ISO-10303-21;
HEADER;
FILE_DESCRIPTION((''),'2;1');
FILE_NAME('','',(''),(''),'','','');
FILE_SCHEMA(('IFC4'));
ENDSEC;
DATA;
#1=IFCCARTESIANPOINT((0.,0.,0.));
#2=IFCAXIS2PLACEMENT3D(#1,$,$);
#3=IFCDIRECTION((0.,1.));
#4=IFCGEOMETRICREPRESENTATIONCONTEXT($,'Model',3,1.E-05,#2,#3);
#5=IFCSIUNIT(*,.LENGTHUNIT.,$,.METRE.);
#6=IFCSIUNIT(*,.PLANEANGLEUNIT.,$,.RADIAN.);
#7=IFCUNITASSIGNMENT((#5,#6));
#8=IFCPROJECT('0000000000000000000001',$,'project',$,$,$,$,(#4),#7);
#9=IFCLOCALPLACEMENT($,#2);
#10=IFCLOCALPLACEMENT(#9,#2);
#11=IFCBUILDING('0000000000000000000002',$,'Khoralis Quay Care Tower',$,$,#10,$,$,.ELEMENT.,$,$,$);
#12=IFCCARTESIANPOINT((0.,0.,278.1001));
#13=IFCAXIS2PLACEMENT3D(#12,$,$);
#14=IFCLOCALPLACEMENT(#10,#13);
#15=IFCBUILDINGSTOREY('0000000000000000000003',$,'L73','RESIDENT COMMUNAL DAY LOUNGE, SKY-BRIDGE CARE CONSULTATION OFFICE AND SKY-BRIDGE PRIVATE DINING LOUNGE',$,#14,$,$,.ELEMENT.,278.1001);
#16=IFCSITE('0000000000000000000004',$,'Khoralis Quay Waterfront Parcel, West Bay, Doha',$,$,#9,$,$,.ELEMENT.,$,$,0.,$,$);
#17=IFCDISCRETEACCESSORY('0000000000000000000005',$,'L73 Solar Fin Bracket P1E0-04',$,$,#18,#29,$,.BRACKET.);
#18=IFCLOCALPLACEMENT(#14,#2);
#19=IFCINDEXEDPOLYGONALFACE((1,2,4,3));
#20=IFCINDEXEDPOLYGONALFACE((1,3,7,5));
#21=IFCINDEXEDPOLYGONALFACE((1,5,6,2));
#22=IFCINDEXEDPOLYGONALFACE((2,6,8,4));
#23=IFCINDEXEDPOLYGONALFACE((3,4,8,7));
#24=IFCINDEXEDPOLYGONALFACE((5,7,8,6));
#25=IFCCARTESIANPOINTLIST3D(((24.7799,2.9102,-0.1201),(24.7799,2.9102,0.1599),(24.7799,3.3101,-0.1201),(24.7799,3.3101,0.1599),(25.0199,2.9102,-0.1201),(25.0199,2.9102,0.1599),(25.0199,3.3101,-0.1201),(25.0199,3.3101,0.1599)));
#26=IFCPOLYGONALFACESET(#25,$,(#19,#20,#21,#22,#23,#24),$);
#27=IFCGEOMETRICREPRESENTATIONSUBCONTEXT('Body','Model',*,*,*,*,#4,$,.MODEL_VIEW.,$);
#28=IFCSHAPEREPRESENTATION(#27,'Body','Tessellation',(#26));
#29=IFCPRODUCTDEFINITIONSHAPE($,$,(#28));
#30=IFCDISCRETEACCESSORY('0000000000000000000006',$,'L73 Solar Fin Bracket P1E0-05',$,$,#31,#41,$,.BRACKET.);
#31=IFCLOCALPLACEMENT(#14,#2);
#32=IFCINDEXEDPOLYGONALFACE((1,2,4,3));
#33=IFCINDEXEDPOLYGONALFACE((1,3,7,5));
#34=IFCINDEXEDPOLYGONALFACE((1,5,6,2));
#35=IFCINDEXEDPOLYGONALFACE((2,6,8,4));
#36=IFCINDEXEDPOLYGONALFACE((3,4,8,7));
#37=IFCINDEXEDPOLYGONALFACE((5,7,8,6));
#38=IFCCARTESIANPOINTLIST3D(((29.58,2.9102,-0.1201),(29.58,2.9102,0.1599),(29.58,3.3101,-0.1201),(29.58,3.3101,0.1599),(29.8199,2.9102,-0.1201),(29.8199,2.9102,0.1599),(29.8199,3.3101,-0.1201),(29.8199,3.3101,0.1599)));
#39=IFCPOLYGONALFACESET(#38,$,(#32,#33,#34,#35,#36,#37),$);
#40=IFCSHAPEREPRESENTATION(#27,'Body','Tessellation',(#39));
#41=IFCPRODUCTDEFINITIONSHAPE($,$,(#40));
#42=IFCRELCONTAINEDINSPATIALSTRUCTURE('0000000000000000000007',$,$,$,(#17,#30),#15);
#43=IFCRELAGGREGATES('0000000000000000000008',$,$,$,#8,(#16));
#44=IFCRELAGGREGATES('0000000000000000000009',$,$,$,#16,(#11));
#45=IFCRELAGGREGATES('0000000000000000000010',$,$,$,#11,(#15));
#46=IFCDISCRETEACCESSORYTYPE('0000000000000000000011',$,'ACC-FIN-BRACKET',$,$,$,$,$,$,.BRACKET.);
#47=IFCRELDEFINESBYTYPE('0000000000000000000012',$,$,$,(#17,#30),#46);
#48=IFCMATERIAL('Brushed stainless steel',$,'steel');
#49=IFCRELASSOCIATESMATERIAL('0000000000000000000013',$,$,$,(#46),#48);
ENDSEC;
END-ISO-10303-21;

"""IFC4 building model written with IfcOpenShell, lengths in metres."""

from ifc_helpers import new_model, si_unit, direction, frame, origin, origin_2d, place, context, subcontext, project, spatial, rectangle, extrude, source, transform, mapped, material, type_object, element, save


model = new_model("IFC4")

# Units and contexts
model_context = context("Model", 3, precision=1e-05, world=origin(), true_north=direction((0.0, 1.0)))
body_context = subcontext(model_context, "Body", "Model", "MODEL_VIEW")
ifc_project = project(units=[si_unit("LENGTHUNIT", "METRE"), si_unit("PLANEANGLEUNIT", "RADIAN")], contexts=[model_context])

# Site, building, storey
site_placement = place(None, origin())
site = spatial("IfcSite", under=ifc_project, at=site_placement, Name="Khoralis Quay Waterfront Parcel, West Bay, Doha", CompositionType="ELEMENT", RefElevation=0.0)
building_placement = place(site_placement, origin())
building = spatial("IfcBuilding", under=site, at=building_placement, Name="Khoralis Quay Care Tower", CompositionType="ELEMENT")
storey_placement = place(building_placement, frame((0.0, 0.0, 278.1001)))
storey = spatial("IfcBuildingStorey", under=building, at=storey_placement, Name="L73", Description="RESIDENT COMMUNAL DAY LOUNGE, SKY-BRIDGE CARE CONSULTATION OFFICE AND SKY-BRIDGE PRIVATE DINING LOUNGE", CompositionType="ELEMENT", Elevation=278.1001)

# Discrete accessories
ifc_material_1 = material(Name="Brushed stainless steel", Category="steel")
discrete_accessory_type = type_object("IfcDiscreteAccessoryType", Name="ACC-FIN-BRACKET", PredefinedType="BRACKET", material=ifc_material_1)
shared_shape_1 = source(origin(), body_context, "Body", "SweptSolid", [
    extrude(rectangle(XDim=0.3999, YDim=0.24, at=origin_2d()), origin(), (0.0, 0.0, 1.0), 0.28),
])
for number, where, z_axis, x_axis, name in (
    (1, (24.8999, 3.1101, -0.1201), (0.0, 0.0, 1.0), (0.0, -1.0, 0.0), "L73 Solar Fin Bracket P1E0-04"),
    (2, (29.7, 3.1101, -0.1201), (0.0, 0.0, 1.0), (0.0, -1.0, 0.0), "L73 Solar Fin Bracket P1E0-05"),
):
    element("IfcDiscreteAccessory", number, at=place(storey_placement, frame(where, z_axis=z_axis, x_axis=x_axis)), inside=storey, type_object=discrete_accessory_type, Name=name, PredefinedType="BRACKET", context=body_context, shape_type="MappedRepresentation", body=[
        mapped(shared_shape_1, transform((0.0, 0.0, 0.0), scale=1.0)),
    ])

save(model, "model.ifc")
